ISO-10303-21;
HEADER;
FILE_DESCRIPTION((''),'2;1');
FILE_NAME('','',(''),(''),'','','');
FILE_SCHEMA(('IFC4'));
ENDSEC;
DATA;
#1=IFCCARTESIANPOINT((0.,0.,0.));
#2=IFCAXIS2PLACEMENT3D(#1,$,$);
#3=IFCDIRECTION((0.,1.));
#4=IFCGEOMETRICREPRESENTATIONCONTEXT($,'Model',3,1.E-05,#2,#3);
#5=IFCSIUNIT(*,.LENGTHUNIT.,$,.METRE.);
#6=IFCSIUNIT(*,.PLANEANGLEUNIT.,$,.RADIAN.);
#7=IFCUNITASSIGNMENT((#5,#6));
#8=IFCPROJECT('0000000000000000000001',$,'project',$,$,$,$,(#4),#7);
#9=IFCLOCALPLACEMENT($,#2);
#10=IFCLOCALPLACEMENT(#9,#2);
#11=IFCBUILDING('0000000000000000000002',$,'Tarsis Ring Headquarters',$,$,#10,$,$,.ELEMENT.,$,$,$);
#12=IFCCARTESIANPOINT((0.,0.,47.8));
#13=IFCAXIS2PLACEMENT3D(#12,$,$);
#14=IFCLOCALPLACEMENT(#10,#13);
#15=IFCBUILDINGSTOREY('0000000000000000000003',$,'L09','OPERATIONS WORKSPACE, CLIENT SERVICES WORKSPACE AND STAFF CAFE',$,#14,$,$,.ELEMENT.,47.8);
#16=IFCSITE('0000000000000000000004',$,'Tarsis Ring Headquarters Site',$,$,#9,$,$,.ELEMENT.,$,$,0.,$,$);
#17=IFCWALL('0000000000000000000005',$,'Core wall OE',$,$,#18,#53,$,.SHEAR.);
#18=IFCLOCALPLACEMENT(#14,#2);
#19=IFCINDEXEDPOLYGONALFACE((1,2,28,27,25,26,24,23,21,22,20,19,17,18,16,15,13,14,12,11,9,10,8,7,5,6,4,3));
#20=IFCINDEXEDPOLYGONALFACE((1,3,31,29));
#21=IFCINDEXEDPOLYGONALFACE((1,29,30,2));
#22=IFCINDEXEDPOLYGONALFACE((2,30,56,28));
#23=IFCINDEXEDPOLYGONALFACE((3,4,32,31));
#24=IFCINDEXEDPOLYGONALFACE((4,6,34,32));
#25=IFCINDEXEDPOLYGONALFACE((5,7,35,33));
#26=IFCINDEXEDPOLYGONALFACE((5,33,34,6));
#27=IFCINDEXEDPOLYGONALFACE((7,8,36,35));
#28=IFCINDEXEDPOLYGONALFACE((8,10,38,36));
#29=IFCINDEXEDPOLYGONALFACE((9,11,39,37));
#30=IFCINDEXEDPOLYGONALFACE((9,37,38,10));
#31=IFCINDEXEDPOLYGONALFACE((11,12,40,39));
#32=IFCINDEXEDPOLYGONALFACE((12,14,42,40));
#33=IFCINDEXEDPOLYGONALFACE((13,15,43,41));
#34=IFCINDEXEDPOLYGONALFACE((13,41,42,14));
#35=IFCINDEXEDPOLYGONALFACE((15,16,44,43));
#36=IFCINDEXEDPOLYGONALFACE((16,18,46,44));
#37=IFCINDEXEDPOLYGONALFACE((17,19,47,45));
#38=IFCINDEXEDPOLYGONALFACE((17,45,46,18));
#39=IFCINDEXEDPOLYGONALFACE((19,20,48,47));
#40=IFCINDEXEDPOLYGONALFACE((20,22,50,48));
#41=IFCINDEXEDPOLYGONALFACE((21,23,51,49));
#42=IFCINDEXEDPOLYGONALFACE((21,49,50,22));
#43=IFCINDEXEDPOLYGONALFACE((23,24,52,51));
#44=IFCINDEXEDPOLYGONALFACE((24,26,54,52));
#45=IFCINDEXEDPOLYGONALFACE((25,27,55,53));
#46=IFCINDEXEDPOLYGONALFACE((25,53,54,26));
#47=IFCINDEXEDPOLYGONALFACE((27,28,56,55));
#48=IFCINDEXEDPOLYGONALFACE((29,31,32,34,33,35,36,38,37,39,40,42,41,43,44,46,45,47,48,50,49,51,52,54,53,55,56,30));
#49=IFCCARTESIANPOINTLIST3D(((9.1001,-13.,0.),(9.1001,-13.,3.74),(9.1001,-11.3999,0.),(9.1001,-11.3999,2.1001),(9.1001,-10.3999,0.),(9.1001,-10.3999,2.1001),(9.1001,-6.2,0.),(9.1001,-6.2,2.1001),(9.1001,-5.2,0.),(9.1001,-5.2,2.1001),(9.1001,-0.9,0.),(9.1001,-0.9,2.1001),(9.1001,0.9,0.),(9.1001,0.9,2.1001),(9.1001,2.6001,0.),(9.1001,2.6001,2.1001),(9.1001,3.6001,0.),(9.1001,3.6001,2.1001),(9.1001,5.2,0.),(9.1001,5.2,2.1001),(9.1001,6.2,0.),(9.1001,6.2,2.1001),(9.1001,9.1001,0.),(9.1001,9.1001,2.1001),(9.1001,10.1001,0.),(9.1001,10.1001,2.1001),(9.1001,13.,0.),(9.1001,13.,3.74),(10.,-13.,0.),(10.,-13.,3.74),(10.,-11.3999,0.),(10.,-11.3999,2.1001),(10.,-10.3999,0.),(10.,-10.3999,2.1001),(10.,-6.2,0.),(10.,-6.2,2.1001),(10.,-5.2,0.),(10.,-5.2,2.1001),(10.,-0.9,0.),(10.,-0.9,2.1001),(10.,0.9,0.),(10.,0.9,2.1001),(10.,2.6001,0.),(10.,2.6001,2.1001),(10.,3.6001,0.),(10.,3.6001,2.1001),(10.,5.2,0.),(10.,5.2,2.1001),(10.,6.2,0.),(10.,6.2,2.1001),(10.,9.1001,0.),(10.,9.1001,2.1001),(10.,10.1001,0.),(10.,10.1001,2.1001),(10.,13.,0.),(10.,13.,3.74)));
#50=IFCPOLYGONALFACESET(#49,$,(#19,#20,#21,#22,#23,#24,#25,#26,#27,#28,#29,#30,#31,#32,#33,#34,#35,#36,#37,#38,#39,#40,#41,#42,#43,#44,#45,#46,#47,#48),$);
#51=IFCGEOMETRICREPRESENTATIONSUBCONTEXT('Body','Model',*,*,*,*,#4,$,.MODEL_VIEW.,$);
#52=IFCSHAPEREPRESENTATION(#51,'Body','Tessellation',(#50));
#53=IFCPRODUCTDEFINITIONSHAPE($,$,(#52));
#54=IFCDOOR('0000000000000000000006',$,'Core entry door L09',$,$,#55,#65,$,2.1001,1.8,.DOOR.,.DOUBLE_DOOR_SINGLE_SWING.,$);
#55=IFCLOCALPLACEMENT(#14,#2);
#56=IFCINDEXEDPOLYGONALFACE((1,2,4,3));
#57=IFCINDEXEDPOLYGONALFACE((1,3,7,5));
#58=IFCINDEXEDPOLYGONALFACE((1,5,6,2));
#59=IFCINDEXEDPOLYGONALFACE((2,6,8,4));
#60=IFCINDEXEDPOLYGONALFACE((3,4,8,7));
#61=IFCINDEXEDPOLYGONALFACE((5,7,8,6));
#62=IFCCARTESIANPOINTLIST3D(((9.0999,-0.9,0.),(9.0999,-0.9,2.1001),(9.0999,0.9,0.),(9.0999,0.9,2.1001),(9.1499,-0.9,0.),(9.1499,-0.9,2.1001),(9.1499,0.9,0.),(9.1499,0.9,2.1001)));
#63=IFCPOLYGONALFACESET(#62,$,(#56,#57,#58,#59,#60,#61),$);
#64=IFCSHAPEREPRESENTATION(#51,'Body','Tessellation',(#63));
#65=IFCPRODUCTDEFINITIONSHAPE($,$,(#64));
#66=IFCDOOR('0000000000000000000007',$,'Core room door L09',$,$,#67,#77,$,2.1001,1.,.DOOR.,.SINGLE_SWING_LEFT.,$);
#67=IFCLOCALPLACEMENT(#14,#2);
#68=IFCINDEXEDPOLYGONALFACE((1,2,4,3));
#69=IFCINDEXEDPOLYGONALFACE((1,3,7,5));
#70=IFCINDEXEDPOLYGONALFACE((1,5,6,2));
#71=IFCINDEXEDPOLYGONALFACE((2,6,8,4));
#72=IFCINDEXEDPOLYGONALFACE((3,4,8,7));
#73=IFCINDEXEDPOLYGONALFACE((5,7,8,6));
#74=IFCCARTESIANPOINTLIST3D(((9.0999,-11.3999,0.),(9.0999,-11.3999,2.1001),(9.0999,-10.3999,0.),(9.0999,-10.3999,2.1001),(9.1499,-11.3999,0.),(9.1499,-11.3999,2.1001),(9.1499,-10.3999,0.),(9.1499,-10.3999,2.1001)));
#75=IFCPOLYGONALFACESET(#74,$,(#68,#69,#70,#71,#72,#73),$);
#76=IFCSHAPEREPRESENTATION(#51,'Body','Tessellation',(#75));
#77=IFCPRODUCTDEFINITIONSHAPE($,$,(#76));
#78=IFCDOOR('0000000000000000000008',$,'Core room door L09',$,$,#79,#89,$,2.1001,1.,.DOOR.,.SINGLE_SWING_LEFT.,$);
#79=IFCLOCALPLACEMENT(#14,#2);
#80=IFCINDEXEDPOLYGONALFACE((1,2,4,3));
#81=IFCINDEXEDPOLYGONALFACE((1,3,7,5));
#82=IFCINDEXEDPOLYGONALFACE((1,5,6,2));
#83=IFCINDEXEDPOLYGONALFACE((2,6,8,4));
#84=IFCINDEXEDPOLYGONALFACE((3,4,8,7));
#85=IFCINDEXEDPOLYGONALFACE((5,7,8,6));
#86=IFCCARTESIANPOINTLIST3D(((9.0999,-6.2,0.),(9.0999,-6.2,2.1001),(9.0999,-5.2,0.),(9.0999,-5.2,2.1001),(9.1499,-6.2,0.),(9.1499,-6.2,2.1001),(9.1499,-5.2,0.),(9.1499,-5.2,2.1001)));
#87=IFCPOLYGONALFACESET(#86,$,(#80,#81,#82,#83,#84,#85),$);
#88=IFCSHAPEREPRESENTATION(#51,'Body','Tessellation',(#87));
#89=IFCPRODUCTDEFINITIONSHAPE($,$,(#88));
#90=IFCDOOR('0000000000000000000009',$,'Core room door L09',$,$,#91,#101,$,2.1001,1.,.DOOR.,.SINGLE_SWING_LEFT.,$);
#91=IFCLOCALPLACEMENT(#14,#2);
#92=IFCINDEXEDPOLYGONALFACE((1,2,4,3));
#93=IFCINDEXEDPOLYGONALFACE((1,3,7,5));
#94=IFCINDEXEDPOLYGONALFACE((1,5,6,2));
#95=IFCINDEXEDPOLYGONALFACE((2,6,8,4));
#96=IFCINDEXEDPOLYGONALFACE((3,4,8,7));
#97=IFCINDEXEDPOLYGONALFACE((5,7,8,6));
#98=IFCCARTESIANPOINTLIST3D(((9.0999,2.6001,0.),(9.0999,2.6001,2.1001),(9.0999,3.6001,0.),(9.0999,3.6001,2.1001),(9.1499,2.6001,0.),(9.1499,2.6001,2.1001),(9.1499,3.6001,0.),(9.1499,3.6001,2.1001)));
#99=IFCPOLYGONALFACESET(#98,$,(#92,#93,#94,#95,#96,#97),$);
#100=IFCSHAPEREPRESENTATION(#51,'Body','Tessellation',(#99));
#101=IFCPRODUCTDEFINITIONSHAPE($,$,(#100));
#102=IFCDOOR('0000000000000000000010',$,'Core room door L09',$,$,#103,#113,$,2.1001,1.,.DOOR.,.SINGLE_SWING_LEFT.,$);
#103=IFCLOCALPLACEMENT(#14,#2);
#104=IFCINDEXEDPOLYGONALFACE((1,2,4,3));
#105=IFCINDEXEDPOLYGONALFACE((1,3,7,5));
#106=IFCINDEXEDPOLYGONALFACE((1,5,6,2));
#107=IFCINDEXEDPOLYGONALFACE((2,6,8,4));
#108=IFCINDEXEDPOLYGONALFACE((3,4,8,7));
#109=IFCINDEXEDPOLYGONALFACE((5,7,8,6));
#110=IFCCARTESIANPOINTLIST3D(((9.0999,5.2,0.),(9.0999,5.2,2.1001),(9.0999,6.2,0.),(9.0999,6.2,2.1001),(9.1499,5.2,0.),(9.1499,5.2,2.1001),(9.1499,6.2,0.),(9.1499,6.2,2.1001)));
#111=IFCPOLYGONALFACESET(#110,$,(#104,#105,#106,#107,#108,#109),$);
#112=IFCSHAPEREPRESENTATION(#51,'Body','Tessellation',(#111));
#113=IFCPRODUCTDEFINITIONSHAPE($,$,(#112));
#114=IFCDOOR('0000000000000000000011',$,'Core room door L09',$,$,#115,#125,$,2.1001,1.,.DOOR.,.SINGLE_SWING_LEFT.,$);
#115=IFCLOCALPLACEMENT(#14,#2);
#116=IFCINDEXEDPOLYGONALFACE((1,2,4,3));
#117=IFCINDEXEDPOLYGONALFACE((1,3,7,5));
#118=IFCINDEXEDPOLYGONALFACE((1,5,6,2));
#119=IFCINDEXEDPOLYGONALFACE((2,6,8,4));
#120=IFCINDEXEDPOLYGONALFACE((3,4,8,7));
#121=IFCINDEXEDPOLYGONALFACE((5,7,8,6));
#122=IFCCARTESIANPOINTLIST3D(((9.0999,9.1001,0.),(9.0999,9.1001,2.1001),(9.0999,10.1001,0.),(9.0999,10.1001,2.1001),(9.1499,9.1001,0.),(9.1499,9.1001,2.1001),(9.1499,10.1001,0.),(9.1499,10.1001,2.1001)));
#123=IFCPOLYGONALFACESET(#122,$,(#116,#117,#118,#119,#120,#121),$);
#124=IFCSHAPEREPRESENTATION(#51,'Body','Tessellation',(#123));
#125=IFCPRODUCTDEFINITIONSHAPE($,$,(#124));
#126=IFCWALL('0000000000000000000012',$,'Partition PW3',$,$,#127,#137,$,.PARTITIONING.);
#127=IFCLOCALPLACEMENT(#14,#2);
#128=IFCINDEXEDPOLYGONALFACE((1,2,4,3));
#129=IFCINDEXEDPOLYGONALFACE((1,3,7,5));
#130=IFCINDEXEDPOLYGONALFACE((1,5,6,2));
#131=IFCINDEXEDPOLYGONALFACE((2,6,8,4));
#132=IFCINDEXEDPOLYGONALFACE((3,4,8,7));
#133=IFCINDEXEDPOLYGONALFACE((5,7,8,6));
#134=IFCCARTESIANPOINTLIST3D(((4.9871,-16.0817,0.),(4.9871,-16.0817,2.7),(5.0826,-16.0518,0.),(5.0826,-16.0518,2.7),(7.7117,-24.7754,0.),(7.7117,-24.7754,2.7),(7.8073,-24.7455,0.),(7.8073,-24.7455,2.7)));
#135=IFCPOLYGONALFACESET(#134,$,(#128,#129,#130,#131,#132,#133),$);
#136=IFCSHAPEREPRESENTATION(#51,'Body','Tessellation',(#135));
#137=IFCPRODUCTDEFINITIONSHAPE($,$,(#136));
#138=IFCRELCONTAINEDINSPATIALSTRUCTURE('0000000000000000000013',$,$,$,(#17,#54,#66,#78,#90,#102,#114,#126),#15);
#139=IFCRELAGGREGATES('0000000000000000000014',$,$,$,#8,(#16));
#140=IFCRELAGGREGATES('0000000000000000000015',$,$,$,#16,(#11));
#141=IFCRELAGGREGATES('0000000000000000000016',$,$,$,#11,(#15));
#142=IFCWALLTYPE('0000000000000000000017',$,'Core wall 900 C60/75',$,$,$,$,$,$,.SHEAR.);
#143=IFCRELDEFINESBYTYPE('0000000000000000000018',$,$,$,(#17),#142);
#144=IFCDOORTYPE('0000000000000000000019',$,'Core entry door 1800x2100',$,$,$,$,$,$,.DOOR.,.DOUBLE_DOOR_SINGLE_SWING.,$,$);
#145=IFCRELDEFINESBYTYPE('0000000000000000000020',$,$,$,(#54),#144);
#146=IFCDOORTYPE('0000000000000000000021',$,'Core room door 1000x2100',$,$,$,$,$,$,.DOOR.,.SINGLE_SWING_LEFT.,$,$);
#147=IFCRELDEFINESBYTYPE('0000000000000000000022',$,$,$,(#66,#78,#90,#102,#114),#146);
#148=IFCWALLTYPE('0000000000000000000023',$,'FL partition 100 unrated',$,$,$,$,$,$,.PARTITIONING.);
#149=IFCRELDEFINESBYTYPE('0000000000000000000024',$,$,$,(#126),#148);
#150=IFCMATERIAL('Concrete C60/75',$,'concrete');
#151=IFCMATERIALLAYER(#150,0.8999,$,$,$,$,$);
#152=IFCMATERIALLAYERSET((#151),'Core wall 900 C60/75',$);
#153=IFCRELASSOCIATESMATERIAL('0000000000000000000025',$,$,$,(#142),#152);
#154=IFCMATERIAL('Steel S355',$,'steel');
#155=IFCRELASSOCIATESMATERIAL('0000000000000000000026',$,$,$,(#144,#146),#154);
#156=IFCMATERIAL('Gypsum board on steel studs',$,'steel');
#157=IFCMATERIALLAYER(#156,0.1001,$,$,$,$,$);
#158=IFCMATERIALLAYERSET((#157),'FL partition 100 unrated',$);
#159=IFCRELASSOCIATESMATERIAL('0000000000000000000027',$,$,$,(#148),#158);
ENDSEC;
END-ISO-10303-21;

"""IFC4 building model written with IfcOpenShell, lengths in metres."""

from ifc_helpers import new_model, si_unit, direction, frame, frame_2d, origin, place, context, subcontext, project, spatial, rectangle, extrude, material, layer, layer_set, type_object, element, fill, save


model = new_model("IFC4")

# Units and contexts
model_context = context("Model", 3, precision=1e-05, world=origin(), true_north=direction((0.0, 1.0)))
body_context = subcontext(model_context, "Body", "Model", "MODEL_VIEW")
ifc_project = project(units=[si_unit("LENGTHUNIT", "METRE"), si_unit("PLANEANGLEUNIT", "RADIAN")], contexts=[model_context])

# Site, building, storey
site_placement = place(None, origin())
site = spatial("IfcSite", under=ifc_project, at=site_placement, Name="Tarsis Ring Headquarters Site", CompositionType="ELEMENT", RefElevation=0.0)
building_placement = place(site_placement, origin())
building = spatial("IfcBuilding", under=site, at=building_placement, Name="Tarsis Ring Headquarters", CompositionType="ELEMENT")
storey_placement = place(building_placement, frame((0.0, 0.0, 47.8)))
storey = spatial("IfcBuildingStorey", under=building, at=storey_placement, Name="L09", Description="OPERATIONS WORKSPACE, CLIENT SERVICES WORKSPACE AND STAFF CAFE", CompositionType="ELEMENT", Elevation=47.8)

# Wall, openings, doors
ifc_material_1 = material(Name="Concrete C60/75", Category="concrete")
ifc_layer_1 = layer(ifc_material_1, 0.8999)
ifc_layer_set_1 = layer_set([ifc_layer_1], Name="Core wall 900 C60/75")
wall_type_1 = type_object("IfcWallType", Name="Core wall 900 C60/75", PredefinedType="SHEAR", material=ifc_layer_set_1)
wall_1_placement = place(storey_placement, frame((9.55, -13.0, 0.0), z_axis=(0.0, 0.0, 1.0), x_axis=(0.0, 1.0, 0.0)))
wall_1 = element("IfcWall", 1, at=wall_1_placement, inside=storey, type_object=wall_type_1, Name="Core wall OE", PredefinedType="SHEAR", context=body_context, shape_type="SweptSolid", body=[
    extrude(rectangle(XDim=26.0, YDim=0.8999, at=frame_2d((13.0, 0.0))), origin(), (0.0, 0.0, 1.0), 3.74),
])
opening_1_placement = place(wall_1_placement, frame((1.6001, 0.0, 0.0)))
opening_1 = element("IfcOpeningElement", 2, at=opening_1_placement, cuts=wall_1, PredefinedType="OPENING", context=body_context, shape_type="SweptSolid", body=[
    extrude(rectangle(XDim=1.0, YDim=2.1001, at=frame_2d((0.5, 1.05))), frame((0.0, 0.46, 0.0), z_axis=(0.0, -1.0, 0.0), x_axis=(1.0, 0.0, 0.0)), (0.0, 0.0, 1.0), 0.9199),
])
opening_2_placement = place(wall_1_placement, frame((6.8, 0.0, 0.0)))
opening_2 = element("IfcOpeningElement", 3, at=opening_2_placement, cuts=wall_1, PredefinedType="OPENING", context=body_context, shape_type="SweptSolid", body=[
    extrude(rectangle(XDim=1.0, YDim=2.1001, at=frame_2d((0.5, 1.05))), frame((0.0, 0.46, 0.0), z_axis=(0.0, -1.0, 0.0), x_axis=(1.0, 0.0, 0.0)), (0.0, 0.0, 1.0), 0.9199),
])
opening_3_placement = place(wall_1_placement, frame((12.1001, 0.0, 0.0)))
opening_3 = element("IfcOpeningElement", 4, at=opening_3_placement, cuts=wall_1, PredefinedType="OPENING", context=body_context, shape_type="SweptSolid", body=[
    extrude(rectangle(XDim=1.8, YDim=2.1001, at=frame_2d((0.8999, 1.05))), frame((0.0, 0.46, 0.0), z_axis=(0.0, -1.0, 0.0), x_axis=(1.0, 0.0, 0.0)), (0.0, 0.0, 1.0), 0.9199),
])
opening_4_placement = place(wall_1_placement, frame((15.6001, 0.0, 0.0)))
opening_4 = element("IfcOpeningElement", 5, at=opening_4_placement, cuts=wall_1, PredefinedType="OPENING", context=body_context, shape_type="SweptSolid", body=[
    extrude(rectangle(XDim=1.0, YDim=2.1001, at=frame_2d((0.5, 1.05))), frame((0.0, 0.46, 0.0), z_axis=(0.0, -1.0, 0.0), x_axis=(1.0, 0.0, 0.0)), (0.0, 0.0, 1.0), 0.9199),
])
opening_5_placement = place(wall_1_placement, frame((18.2, 0.0, 0.0)))
opening_5 = element("IfcOpeningElement", 6, at=opening_5_placement, cuts=wall_1, PredefinedType="OPENING", context=body_context, shape_type="SweptSolid", body=[
    extrude(rectangle(XDim=1.0, YDim=2.1001, at=frame_2d((0.5, 1.05))), frame((0.0, 0.46, 0.0), z_axis=(0.0, -1.0, 0.0), x_axis=(1.0, 0.0, 0.0)), (0.0, 0.0, 1.0), 0.9199),
])
opening_6_placement = place(wall_1_placement, frame((22.1001, 0.0, 0.0)))
opening_6 = element("IfcOpeningElement", 7, at=opening_6_placement, cuts=wall_1, PredefinedType="OPENING", context=body_context, shape_type="SweptSolid", body=[
    extrude(rectangle(XDim=1.0, YDim=2.1001, at=frame_2d((0.5, 1.05))), frame((0.0, 0.46, 0.0), z_axis=(0.0, -1.0, 0.0), x_axis=(1.0, 0.0, 0.0)), (0.0, 0.0, 1.0), 0.9199),
])
ifc_material_2 = material(Name="Steel S355", Category="steel")
door_type_1 = type_object("IfcDoorType", Name="Core entry door 1800x2100", OperationType="DOUBLE_DOOR_SINGLE_SWING", PredefinedType="DOOR", material=ifc_material_2)
door_1_placement = place(opening_3_placement, origin())
door_1 = element("IfcDoor", 8, at=door_1_placement, inside=storey, type_object=door_type_1, Name="Core entry door L09", OperationType="DOUBLE_DOOR_SINGLE_SWING", OverallHeight=2.1001, OverallWidth=1.8, PredefinedType="DOOR", context=body_context, shape_type="SweptSolid", body=[
    extrude(rectangle(XDim=1.8, YDim=2.1001, at=frame_2d((0.8999, 1.05))), frame((0.0, 0.4502, 0.0), z_axis=(0.0, -1.0, 0.0), x_axis=(1.0, 0.0, 0.0)), (0.0, 0.0, 1.0), 0.05),
])
fill(opening_3, door_1)
door_type_2 = type_object("IfcDoorType", Name="Core room door 1000x2100", OperationType="SINGLE_SWING_LEFT", PredefinedType="DOOR", material=ifc_material_2)
door_2_placement = place(opening_1_placement, origin())
door_2 = element("IfcDoor", 9, at=door_2_placement, inside=storey, type_object=door_type_2, Name="Core room door L09", OperationType="SINGLE_SWING_LEFT", OverallHeight=2.1001, OverallWidth=1.0, PredefinedType="DOOR", context=body_context, shape_type="SweptSolid", body=[
    extrude(rectangle(XDim=1.0, YDim=2.1001, at=frame_2d((0.5, 1.05))), frame((0.0, 0.4502, 0.0), z_axis=(0.0, -1.0, 0.0), x_axis=(1.0, 0.0, 0.0)), (0.0, 0.0, 1.0), 0.05),
])
fill(opening_1, door_2)
door_3_placement = place(opening_2_placement, origin())
door_3 = element("IfcDoor", 10, at=door_3_placement, inside=storey, type_object=door_type_2, Name="Core room door L09", OperationType="SINGLE_SWING_LEFT", OverallHeight=2.1001, OverallWidth=1.0, PredefinedType="DOOR", context=body_context, shape_type="SweptSolid", body=[
    extrude(rectangle(XDim=1.0, YDim=2.1001, at=frame_2d((0.5, 1.05))), frame((0.0, 0.4502, 0.0), z_axis=(0.0, -1.0, 0.0), x_axis=(1.0, 0.0, 0.0)), (0.0, 0.0, 1.0), 0.05),
])
fill(opening_2, door_3)
door_4_placement = place(opening_4_placement, origin())
door_4 = element("IfcDoor", 11, at=door_4_placement, inside=storey, type_object=door_type_2, Name="Core room door L09", OperationType="SINGLE_SWING_LEFT", OverallHeight=2.1001, OverallWidth=1.0, PredefinedType="DOOR", context=body_context, shape_type="SweptSolid", body=[
    extrude(rectangle(XDim=1.0, YDim=2.1001, at=frame_2d((0.5, 1.05))), frame((0.0, 0.4502, 0.0), z_axis=(0.0, -1.0, 0.0), x_axis=(1.0, 0.0, 0.0)), (0.0, 0.0, 1.0), 0.05),
])
fill(opening_4, door_4)
door_5_placement = place(opening_5_placement, origin())
door_5 = element("IfcDoor", 12, at=door_5_placement, inside=storey, type_object=door_type_2, Name="Core room door L09", OperationType="SINGLE_SWING_LEFT", OverallHeight=2.1001, OverallWidth=1.0, PredefinedType="DOOR", context=body_context, shape_type="SweptSolid", body=[
    extrude(rectangle(XDim=1.0, YDim=2.1001, at=frame_2d((0.5, 1.05))), frame((0.0, 0.4502, 0.0), z_axis=(0.0, -1.0, 0.0), x_axis=(1.0, 0.0, 0.0)), (0.0, 0.0, 1.0), 0.05),
])
fill(opening_5, door_5)
door_6_placement = place(opening_6_placement, origin())
door_6 = element("IfcDoor", 13, at=door_6_placement, inside=storey, type_object=door_type_2, Name="Core room door L09", OperationType="SINGLE_SWING_LEFT", OverallHeight=2.1001, OverallWidth=1.0, PredefinedType="DOOR", context=body_context, shape_type="SweptSolid", body=[
    extrude(rectangle(XDim=1.0, YDim=2.1001, at=frame_2d((0.5, 1.05))), frame((0.0, 0.4502, 0.0), z_axis=(0.0, -1.0, 0.0), x_axis=(1.0, 0.0, 0.0)), (0.0, 0.0, 1.0), 0.05),
])
fill(opening_6, door_6)

# Wall
ifc_material_3 = material(Name="Gypsum board on steel studs", Category="steel")
ifc_layer_2 = layer(ifc_material_3, 0.1001)
ifc_layer_set_2 = layer_set([ifc_layer_2], Name="FL partition 100 unrated")
wall_type_2 = type_object("IfcWallType", Name="FL partition 100 unrated", PredefinedType="PARTITIONING", material=ifc_layer_set_2)
wall_2_placement = place(storey_placement, frame((5.0349, -16.0669, 0.0), z_axis=(0.0, 0.0, 1.0), x_axis=(0.299061, -0.954234, 0.0)))
element("IfcWall", 14, at=wall_2_placement, inside=storey, type_object=wall_type_2, Name="Partition PW3", PredefinedType="PARTITIONING", context=body_context, shape_type="SweptSolid", body=[
    extrude(rectangle(XDim=9.1106, YDim=0.1001, at=frame_2d((4.5552, 0.0))), origin(), (0.0, 0.0, 1.0), 2.7),
])

save(model, "model.ifc")
